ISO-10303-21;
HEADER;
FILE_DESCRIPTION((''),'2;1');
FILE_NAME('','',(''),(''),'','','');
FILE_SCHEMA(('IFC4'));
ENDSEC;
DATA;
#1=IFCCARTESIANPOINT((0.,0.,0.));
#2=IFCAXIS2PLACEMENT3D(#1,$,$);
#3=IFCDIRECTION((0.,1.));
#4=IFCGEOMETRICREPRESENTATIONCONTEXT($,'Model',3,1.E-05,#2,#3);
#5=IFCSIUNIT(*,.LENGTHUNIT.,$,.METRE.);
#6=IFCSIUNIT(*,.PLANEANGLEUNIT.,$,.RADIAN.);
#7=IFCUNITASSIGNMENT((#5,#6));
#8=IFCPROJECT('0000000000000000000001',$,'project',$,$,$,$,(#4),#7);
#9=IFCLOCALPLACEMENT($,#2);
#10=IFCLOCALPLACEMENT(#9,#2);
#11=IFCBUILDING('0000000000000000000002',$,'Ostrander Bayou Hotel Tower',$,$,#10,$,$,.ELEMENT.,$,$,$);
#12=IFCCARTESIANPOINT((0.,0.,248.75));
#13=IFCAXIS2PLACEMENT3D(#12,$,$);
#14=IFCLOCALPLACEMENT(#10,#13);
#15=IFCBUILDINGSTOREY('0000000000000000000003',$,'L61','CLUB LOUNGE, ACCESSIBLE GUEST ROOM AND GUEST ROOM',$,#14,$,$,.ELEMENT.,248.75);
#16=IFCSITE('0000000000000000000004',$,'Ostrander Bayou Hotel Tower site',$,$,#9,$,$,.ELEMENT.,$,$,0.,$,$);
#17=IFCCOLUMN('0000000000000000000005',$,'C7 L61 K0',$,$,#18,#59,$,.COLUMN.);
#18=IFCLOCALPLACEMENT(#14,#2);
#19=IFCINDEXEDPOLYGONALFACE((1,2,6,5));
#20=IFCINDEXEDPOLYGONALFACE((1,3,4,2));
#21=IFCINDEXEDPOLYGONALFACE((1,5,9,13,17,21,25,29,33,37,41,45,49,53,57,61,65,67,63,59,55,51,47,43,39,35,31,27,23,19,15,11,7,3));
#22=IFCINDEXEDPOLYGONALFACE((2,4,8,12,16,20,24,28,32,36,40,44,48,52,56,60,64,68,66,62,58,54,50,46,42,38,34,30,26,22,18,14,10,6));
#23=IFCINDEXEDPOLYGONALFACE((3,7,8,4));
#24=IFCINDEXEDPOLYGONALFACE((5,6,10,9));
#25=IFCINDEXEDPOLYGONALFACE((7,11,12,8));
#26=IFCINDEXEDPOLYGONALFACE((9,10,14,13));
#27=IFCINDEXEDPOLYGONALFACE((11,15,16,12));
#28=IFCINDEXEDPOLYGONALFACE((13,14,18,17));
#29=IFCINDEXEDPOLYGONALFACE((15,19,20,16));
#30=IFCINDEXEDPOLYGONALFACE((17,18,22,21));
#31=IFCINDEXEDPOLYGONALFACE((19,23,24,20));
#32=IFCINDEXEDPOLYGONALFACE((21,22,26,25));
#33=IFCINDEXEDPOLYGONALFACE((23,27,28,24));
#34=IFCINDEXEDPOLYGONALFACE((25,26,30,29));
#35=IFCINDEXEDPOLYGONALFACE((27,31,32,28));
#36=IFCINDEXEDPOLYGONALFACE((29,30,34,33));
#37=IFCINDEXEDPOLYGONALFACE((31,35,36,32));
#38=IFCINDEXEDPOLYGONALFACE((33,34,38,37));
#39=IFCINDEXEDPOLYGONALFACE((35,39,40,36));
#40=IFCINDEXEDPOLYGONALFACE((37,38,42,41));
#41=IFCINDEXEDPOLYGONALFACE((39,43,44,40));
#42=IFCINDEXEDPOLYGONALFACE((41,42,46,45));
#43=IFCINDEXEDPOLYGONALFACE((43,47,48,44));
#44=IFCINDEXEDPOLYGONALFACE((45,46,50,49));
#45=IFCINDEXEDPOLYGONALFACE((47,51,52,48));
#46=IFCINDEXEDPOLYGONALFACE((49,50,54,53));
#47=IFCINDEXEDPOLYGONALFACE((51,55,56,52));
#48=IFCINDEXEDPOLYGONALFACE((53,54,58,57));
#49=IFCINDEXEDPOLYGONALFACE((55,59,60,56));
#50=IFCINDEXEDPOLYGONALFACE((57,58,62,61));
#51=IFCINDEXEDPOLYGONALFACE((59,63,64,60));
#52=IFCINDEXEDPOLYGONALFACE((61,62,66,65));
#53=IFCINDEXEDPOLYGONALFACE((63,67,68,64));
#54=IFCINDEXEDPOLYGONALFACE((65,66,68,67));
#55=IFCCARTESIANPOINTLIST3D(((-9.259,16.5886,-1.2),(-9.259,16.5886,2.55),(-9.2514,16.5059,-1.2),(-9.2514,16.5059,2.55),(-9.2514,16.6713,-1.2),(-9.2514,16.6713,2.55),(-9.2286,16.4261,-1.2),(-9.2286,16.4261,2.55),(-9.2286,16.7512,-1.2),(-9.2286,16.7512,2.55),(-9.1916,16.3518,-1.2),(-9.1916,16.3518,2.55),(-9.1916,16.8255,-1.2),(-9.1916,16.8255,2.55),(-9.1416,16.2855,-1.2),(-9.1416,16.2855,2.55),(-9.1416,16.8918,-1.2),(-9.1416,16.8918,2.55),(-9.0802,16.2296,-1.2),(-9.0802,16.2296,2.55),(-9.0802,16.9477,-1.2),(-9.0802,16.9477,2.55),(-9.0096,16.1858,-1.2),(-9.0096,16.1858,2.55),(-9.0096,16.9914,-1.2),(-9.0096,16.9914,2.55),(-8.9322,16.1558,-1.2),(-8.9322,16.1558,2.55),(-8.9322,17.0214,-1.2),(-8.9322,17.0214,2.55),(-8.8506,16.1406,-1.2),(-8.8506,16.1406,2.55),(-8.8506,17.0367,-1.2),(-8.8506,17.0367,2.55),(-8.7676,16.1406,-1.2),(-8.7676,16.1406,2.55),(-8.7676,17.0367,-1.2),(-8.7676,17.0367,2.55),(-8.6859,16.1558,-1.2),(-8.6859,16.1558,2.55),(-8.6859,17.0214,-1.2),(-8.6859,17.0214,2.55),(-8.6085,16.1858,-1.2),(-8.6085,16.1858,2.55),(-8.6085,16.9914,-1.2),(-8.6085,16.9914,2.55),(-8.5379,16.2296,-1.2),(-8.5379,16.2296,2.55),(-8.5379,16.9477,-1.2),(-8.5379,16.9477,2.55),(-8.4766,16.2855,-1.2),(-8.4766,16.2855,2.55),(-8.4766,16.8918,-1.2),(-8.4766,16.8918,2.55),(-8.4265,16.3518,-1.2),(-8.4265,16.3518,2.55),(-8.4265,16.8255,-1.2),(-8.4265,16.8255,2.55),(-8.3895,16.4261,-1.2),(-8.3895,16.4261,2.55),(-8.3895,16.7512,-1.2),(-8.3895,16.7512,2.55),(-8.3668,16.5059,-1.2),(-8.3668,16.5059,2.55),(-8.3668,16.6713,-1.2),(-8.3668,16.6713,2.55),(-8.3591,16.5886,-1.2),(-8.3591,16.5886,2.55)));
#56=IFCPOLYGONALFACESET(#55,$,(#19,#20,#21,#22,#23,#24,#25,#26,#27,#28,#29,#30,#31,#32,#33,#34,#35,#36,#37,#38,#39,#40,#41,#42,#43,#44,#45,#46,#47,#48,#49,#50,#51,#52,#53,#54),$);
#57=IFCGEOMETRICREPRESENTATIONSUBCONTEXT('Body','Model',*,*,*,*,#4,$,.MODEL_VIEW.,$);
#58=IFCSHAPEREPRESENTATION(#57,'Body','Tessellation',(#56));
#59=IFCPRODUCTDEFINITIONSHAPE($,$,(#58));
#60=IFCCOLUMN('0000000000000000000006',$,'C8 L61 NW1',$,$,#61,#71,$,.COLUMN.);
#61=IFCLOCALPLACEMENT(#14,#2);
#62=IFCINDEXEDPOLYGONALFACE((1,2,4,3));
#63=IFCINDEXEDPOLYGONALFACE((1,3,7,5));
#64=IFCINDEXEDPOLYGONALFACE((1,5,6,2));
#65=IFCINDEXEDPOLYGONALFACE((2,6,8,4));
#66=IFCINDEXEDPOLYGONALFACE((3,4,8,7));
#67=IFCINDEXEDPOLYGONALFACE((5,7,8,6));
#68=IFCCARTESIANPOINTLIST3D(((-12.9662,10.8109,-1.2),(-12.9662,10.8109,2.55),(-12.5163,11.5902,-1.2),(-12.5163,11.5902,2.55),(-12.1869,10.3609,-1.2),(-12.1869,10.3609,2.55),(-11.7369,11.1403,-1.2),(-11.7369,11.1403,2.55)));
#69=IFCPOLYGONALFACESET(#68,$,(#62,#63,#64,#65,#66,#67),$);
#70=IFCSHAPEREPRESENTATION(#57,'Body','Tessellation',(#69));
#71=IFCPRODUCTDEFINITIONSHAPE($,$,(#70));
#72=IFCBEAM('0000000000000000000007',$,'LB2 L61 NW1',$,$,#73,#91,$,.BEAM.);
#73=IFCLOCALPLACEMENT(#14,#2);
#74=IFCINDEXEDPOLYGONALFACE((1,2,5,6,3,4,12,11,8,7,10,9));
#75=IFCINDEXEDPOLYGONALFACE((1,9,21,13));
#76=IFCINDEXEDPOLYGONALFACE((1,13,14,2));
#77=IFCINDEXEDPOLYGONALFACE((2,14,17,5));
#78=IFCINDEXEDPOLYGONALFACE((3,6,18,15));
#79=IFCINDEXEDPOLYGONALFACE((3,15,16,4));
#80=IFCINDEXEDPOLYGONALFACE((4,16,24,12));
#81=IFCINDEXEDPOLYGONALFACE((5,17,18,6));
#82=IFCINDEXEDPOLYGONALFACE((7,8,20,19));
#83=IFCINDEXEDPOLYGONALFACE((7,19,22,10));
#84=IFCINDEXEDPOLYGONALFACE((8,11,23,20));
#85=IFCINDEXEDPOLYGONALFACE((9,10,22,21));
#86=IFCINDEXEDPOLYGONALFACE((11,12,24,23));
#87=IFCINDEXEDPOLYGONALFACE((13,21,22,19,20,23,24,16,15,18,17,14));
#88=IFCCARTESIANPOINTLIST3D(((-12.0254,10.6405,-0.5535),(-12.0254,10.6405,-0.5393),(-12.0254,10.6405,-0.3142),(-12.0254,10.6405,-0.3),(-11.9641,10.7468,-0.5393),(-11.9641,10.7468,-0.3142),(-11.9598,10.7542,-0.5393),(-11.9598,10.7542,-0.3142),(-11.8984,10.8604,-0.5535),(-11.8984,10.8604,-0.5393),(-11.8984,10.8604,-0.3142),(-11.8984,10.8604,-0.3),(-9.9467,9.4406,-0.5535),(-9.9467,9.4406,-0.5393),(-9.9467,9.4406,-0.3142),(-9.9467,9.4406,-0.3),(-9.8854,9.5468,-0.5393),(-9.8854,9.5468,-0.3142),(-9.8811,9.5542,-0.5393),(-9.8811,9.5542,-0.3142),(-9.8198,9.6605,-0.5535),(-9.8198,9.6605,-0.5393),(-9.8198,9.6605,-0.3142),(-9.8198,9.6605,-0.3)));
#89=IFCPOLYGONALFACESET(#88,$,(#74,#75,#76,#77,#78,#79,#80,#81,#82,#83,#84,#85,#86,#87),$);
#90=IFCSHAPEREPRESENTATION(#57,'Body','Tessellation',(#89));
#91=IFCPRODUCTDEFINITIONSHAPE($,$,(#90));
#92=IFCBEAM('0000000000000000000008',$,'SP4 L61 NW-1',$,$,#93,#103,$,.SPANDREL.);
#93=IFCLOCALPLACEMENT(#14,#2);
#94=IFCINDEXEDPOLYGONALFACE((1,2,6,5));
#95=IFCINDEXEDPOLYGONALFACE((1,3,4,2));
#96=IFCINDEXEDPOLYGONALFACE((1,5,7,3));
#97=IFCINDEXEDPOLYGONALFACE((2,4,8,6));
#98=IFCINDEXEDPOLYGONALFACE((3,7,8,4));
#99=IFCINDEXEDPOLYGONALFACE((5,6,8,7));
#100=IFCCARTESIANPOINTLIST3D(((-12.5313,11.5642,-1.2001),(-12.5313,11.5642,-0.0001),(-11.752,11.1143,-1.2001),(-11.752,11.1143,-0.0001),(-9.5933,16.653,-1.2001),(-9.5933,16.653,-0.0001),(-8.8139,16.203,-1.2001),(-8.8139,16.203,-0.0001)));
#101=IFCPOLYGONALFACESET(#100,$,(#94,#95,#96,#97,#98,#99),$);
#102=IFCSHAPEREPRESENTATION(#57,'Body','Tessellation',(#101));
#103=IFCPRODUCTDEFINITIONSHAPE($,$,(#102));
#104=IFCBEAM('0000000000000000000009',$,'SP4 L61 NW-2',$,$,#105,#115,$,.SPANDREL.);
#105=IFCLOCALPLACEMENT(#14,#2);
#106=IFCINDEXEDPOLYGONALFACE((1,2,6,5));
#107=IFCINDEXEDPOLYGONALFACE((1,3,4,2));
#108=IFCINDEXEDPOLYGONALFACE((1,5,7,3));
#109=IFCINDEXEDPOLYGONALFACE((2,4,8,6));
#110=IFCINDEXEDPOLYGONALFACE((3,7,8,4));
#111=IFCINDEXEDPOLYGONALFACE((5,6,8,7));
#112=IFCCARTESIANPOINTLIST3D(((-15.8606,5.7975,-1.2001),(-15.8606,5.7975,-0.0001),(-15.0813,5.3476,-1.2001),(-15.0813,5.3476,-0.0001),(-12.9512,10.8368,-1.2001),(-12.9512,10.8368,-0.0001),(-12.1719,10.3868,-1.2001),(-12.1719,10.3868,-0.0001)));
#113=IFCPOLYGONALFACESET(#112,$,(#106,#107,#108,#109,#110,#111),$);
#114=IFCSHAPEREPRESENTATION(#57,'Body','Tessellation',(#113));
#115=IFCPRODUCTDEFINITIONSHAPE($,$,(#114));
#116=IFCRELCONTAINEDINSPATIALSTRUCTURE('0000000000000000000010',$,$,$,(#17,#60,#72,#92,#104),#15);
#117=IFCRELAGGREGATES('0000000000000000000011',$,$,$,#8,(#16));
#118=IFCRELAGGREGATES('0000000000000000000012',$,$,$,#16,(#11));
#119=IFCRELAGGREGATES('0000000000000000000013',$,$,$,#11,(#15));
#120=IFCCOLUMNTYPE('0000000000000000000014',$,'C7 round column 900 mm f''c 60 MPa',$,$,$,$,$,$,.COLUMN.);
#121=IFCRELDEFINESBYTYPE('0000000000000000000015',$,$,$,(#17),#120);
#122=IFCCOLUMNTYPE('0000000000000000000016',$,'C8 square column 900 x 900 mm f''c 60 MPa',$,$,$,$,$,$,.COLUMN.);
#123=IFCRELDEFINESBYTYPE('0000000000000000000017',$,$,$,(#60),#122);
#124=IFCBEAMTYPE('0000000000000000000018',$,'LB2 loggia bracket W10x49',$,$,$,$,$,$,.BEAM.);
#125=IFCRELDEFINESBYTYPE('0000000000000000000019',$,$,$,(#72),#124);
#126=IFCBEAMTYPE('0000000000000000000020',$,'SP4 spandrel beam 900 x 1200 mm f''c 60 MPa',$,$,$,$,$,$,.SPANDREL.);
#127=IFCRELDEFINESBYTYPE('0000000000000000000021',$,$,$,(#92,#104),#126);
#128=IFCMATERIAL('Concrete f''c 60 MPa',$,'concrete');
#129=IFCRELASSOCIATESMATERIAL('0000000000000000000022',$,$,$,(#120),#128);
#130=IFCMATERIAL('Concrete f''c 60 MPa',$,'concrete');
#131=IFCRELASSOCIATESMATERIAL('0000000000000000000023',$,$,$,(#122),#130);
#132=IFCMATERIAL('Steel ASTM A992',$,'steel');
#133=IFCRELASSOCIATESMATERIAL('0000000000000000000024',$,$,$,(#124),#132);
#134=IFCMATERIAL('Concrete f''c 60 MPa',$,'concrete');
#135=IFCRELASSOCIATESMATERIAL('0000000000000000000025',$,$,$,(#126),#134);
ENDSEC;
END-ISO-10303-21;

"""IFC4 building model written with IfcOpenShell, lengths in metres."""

from ifc_helpers import new_model, si_unit, direction, frame, origin, origin_2d, place, context, subcontext, project, spatial, rectangle, circle, i_section, extrude, material, material_profile, profile_set, type_object, element, save


model = new_model("IFC4")

# Units and contexts
model_context = context("Model", 3, precision=1e-05, world=origin(), true_north=direction((0.0, 1.0)))
body_context = subcontext(model_context, "Body", "Model", "MODEL_VIEW")
ifc_project = project(units=[si_unit("LENGTHUNIT", "METRE"), si_unit("PLANEANGLEUNIT", "RADIAN")], contexts=[model_context])

# Site, building, storey
site_placement = place(None, origin())
site = spatial("IfcSite", under=ifc_project, at=site_placement, Name="Ostrander Bayou Hotel Tower site", CompositionType="ELEMENT", RefElevation=0.0)
building_placement = place(site_placement, origin())
building = spatial("IfcBuilding", under=site, at=building_placement, Name="Ostrander Bayou Hotel Tower", CompositionType="ELEMENT")
storey_placement = place(building_placement, frame((0.0, 0.0, 248.75)))
storey = spatial("IfcBuildingStorey", under=building, at=storey_placement, Name="L61", Description="CLUB LOUNGE, ACCESSIBLE GUEST ROOM AND GUEST ROOM", CompositionType="ELEMENT", Elevation=248.75)

# Columns
ifc_material_1 = material(Name="Concrete f'c 60 MPa", Category="concrete")
ifc_material_profile_1 = material_profile(ifc_material_1, circle(Radius=0.45, at=origin_2d()))
ifc_profile_set_1 = profile_set([ifc_material_profile_1], Name="Concrete f'c 60 MPa")
column_type_1 = type_object("IfcColumnType", Name="C7 round column 900 mm f'c 60 MPa", PredefinedType="COLUMN", material=ifc_profile_set_1)
column_1_placement = place(storey_placement, frame((-8.8091, 16.5886, -1.2), z_axis=(0.0, 0.0, 1.0), x_axis=(1.0, 0.0, 0.0)))
element("IfcColumn", 1, at=column_1_placement, inside=storey, type_object=column_type_1, Name="C7 L61 K0", PredefinedType="COLUMN", context=body_context, shape_type="SweptSolid", body=[
    extrude(circle(Radius=0.45, at=origin_2d()), origin(), (0.0, 0.0, 1.0), 3.75),
])
ifc_material_2 = material(Name="Concrete f'c 60 MPa", Category="concrete")
ifc_material_profile_2 = material_profile(ifc_material_2, rectangle(XDim=0.8999, YDim=0.8999, at=origin_2d()))
ifc_profile_set_2 = profile_set([ifc_material_profile_2], Name="Concrete f'c 60 MPa")
column_type_2 = type_object("IfcColumnType", Name="C8 square column 900 x 900 mm f'c 60 MPa", PredefinedType="COLUMN", material=ifc_profile_set_2)
column_2_placement = place(storey_placement, frame((-12.3516, 10.9756, -1.2), z_axis=(0.0, 0.0, 1.0), x_axis=(0.5, 0.866025, 0.0)))
element("IfcColumn", 2, at=column_2_placement, inside=storey, type_object=column_type_2, Name="C8 L61 NW1", PredefinedType="COLUMN", context=body_context, shape_type="SweptSolid", body=[
    extrude(rectangle(XDim=0.8999, YDim=0.8999, at=origin_2d()), origin(), (0.0, 0.0, 1.0), 3.75),
])

# Beams
ifc_material_3 = material(Name="Steel ASTM A992", Category="steel")
ifc_material_profile_3 = material_profile(ifc_material_3, i_section(OverallWidth=0.2539, OverallDepth=0.2534, WebThickness=0.0085, FlangeThickness=0.0142, at=origin_2d()))
ifc_profile_set_3 = profile_set([ifc_material_profile_3], Name="Steel ASTM A992")
beam_type_1 = type_object("IfcBeamType", Name="LB2 loggia bracket W10x49", PredefinedType="BEAM", material=ifc_profile_set_3)
beam_1_placement = place(storey_placement, frame((-11.9619, 10.7505, -0.4268), z_axis=(0.86605, -0.499957, 0.0), x_axis=(0.499957, 0.86605, 0.0)))
element("IfcBeam", 3, at=beam_1_placement, inside=storey, type_object=beam_type_1, Name="LB2 L61 NW1", PredefinedType="BEAM", context=body_context, shape_type="SweptSolid", body=[
    extrude(i_section(OverallWidth=0.2539, OverallDepth=0.2534, WebThickness=0.0085, FlangeThickness=0.0142, at=origin_2d()), origin(), (0.0, 0.0, 1.0), 2.4001),
])
ifc_material_4 = material(Name="Concrete f'c 60 MPa", Category="concrete")
ifc_material_profile_4 = material_profile(ifc_material_4, rectangle(XDim=0.8999, YDim=1.2, at=origin_2d()))
ifc_profile_set_4 = profile_set([ifc_material_profile_4], Name="Concrete f'c 60 MPa")
beam_type_2 = type_object("IfcBeamType", Name="SP4 spandrel beam 900 x 1200 mm f'c 60 MPa", PredefinedType="SPANDREL", material=ifc_profile_set_4)
beam_2_placement = place(storey_placement, frame((-9.2036, 16.428, -0.6001), z_axis=(-0.500009, -0.86602, 0.0), x_axis=(0.86602, -0.500009, 0.0)))
element("IfcBeam", 4, at=beam_2_placement, inside=storey, type_object=beam_type_2, Name="SP4 L61 NW-1", PredefinedType="SPANDREL", context=body_context, shape_type="SweptSolid", body=[
    extrude(rectangle(XDim=0.8999, YDim=1.2, at=origin_2d()), origin(), (0.0, 0.0, 1.0), 5.876),
])
beam_3_placement = place(storey_placement, frame((-12.5615, 10.6118, -0.6001), z_axis=(-0.499997, -0.866027, 0.0), x_axis=(0.866027, -0.499997, 0.0)))
element("IfcBeam", 5, at=beam_3_placement, inside=storey, type_object=beam_type_2, Name="SP4 L61 NW-2", PredefinedType="SPANDREL", context=body_context, shape_type="SweptSolid", body=[
    extrude(rectangle(XDim=0.8999, YDim=1.2, at=origin_2d()), origin(), (0.0, 0.0, 1.0), 5.8188),
])

save(model, "model.ifc")
